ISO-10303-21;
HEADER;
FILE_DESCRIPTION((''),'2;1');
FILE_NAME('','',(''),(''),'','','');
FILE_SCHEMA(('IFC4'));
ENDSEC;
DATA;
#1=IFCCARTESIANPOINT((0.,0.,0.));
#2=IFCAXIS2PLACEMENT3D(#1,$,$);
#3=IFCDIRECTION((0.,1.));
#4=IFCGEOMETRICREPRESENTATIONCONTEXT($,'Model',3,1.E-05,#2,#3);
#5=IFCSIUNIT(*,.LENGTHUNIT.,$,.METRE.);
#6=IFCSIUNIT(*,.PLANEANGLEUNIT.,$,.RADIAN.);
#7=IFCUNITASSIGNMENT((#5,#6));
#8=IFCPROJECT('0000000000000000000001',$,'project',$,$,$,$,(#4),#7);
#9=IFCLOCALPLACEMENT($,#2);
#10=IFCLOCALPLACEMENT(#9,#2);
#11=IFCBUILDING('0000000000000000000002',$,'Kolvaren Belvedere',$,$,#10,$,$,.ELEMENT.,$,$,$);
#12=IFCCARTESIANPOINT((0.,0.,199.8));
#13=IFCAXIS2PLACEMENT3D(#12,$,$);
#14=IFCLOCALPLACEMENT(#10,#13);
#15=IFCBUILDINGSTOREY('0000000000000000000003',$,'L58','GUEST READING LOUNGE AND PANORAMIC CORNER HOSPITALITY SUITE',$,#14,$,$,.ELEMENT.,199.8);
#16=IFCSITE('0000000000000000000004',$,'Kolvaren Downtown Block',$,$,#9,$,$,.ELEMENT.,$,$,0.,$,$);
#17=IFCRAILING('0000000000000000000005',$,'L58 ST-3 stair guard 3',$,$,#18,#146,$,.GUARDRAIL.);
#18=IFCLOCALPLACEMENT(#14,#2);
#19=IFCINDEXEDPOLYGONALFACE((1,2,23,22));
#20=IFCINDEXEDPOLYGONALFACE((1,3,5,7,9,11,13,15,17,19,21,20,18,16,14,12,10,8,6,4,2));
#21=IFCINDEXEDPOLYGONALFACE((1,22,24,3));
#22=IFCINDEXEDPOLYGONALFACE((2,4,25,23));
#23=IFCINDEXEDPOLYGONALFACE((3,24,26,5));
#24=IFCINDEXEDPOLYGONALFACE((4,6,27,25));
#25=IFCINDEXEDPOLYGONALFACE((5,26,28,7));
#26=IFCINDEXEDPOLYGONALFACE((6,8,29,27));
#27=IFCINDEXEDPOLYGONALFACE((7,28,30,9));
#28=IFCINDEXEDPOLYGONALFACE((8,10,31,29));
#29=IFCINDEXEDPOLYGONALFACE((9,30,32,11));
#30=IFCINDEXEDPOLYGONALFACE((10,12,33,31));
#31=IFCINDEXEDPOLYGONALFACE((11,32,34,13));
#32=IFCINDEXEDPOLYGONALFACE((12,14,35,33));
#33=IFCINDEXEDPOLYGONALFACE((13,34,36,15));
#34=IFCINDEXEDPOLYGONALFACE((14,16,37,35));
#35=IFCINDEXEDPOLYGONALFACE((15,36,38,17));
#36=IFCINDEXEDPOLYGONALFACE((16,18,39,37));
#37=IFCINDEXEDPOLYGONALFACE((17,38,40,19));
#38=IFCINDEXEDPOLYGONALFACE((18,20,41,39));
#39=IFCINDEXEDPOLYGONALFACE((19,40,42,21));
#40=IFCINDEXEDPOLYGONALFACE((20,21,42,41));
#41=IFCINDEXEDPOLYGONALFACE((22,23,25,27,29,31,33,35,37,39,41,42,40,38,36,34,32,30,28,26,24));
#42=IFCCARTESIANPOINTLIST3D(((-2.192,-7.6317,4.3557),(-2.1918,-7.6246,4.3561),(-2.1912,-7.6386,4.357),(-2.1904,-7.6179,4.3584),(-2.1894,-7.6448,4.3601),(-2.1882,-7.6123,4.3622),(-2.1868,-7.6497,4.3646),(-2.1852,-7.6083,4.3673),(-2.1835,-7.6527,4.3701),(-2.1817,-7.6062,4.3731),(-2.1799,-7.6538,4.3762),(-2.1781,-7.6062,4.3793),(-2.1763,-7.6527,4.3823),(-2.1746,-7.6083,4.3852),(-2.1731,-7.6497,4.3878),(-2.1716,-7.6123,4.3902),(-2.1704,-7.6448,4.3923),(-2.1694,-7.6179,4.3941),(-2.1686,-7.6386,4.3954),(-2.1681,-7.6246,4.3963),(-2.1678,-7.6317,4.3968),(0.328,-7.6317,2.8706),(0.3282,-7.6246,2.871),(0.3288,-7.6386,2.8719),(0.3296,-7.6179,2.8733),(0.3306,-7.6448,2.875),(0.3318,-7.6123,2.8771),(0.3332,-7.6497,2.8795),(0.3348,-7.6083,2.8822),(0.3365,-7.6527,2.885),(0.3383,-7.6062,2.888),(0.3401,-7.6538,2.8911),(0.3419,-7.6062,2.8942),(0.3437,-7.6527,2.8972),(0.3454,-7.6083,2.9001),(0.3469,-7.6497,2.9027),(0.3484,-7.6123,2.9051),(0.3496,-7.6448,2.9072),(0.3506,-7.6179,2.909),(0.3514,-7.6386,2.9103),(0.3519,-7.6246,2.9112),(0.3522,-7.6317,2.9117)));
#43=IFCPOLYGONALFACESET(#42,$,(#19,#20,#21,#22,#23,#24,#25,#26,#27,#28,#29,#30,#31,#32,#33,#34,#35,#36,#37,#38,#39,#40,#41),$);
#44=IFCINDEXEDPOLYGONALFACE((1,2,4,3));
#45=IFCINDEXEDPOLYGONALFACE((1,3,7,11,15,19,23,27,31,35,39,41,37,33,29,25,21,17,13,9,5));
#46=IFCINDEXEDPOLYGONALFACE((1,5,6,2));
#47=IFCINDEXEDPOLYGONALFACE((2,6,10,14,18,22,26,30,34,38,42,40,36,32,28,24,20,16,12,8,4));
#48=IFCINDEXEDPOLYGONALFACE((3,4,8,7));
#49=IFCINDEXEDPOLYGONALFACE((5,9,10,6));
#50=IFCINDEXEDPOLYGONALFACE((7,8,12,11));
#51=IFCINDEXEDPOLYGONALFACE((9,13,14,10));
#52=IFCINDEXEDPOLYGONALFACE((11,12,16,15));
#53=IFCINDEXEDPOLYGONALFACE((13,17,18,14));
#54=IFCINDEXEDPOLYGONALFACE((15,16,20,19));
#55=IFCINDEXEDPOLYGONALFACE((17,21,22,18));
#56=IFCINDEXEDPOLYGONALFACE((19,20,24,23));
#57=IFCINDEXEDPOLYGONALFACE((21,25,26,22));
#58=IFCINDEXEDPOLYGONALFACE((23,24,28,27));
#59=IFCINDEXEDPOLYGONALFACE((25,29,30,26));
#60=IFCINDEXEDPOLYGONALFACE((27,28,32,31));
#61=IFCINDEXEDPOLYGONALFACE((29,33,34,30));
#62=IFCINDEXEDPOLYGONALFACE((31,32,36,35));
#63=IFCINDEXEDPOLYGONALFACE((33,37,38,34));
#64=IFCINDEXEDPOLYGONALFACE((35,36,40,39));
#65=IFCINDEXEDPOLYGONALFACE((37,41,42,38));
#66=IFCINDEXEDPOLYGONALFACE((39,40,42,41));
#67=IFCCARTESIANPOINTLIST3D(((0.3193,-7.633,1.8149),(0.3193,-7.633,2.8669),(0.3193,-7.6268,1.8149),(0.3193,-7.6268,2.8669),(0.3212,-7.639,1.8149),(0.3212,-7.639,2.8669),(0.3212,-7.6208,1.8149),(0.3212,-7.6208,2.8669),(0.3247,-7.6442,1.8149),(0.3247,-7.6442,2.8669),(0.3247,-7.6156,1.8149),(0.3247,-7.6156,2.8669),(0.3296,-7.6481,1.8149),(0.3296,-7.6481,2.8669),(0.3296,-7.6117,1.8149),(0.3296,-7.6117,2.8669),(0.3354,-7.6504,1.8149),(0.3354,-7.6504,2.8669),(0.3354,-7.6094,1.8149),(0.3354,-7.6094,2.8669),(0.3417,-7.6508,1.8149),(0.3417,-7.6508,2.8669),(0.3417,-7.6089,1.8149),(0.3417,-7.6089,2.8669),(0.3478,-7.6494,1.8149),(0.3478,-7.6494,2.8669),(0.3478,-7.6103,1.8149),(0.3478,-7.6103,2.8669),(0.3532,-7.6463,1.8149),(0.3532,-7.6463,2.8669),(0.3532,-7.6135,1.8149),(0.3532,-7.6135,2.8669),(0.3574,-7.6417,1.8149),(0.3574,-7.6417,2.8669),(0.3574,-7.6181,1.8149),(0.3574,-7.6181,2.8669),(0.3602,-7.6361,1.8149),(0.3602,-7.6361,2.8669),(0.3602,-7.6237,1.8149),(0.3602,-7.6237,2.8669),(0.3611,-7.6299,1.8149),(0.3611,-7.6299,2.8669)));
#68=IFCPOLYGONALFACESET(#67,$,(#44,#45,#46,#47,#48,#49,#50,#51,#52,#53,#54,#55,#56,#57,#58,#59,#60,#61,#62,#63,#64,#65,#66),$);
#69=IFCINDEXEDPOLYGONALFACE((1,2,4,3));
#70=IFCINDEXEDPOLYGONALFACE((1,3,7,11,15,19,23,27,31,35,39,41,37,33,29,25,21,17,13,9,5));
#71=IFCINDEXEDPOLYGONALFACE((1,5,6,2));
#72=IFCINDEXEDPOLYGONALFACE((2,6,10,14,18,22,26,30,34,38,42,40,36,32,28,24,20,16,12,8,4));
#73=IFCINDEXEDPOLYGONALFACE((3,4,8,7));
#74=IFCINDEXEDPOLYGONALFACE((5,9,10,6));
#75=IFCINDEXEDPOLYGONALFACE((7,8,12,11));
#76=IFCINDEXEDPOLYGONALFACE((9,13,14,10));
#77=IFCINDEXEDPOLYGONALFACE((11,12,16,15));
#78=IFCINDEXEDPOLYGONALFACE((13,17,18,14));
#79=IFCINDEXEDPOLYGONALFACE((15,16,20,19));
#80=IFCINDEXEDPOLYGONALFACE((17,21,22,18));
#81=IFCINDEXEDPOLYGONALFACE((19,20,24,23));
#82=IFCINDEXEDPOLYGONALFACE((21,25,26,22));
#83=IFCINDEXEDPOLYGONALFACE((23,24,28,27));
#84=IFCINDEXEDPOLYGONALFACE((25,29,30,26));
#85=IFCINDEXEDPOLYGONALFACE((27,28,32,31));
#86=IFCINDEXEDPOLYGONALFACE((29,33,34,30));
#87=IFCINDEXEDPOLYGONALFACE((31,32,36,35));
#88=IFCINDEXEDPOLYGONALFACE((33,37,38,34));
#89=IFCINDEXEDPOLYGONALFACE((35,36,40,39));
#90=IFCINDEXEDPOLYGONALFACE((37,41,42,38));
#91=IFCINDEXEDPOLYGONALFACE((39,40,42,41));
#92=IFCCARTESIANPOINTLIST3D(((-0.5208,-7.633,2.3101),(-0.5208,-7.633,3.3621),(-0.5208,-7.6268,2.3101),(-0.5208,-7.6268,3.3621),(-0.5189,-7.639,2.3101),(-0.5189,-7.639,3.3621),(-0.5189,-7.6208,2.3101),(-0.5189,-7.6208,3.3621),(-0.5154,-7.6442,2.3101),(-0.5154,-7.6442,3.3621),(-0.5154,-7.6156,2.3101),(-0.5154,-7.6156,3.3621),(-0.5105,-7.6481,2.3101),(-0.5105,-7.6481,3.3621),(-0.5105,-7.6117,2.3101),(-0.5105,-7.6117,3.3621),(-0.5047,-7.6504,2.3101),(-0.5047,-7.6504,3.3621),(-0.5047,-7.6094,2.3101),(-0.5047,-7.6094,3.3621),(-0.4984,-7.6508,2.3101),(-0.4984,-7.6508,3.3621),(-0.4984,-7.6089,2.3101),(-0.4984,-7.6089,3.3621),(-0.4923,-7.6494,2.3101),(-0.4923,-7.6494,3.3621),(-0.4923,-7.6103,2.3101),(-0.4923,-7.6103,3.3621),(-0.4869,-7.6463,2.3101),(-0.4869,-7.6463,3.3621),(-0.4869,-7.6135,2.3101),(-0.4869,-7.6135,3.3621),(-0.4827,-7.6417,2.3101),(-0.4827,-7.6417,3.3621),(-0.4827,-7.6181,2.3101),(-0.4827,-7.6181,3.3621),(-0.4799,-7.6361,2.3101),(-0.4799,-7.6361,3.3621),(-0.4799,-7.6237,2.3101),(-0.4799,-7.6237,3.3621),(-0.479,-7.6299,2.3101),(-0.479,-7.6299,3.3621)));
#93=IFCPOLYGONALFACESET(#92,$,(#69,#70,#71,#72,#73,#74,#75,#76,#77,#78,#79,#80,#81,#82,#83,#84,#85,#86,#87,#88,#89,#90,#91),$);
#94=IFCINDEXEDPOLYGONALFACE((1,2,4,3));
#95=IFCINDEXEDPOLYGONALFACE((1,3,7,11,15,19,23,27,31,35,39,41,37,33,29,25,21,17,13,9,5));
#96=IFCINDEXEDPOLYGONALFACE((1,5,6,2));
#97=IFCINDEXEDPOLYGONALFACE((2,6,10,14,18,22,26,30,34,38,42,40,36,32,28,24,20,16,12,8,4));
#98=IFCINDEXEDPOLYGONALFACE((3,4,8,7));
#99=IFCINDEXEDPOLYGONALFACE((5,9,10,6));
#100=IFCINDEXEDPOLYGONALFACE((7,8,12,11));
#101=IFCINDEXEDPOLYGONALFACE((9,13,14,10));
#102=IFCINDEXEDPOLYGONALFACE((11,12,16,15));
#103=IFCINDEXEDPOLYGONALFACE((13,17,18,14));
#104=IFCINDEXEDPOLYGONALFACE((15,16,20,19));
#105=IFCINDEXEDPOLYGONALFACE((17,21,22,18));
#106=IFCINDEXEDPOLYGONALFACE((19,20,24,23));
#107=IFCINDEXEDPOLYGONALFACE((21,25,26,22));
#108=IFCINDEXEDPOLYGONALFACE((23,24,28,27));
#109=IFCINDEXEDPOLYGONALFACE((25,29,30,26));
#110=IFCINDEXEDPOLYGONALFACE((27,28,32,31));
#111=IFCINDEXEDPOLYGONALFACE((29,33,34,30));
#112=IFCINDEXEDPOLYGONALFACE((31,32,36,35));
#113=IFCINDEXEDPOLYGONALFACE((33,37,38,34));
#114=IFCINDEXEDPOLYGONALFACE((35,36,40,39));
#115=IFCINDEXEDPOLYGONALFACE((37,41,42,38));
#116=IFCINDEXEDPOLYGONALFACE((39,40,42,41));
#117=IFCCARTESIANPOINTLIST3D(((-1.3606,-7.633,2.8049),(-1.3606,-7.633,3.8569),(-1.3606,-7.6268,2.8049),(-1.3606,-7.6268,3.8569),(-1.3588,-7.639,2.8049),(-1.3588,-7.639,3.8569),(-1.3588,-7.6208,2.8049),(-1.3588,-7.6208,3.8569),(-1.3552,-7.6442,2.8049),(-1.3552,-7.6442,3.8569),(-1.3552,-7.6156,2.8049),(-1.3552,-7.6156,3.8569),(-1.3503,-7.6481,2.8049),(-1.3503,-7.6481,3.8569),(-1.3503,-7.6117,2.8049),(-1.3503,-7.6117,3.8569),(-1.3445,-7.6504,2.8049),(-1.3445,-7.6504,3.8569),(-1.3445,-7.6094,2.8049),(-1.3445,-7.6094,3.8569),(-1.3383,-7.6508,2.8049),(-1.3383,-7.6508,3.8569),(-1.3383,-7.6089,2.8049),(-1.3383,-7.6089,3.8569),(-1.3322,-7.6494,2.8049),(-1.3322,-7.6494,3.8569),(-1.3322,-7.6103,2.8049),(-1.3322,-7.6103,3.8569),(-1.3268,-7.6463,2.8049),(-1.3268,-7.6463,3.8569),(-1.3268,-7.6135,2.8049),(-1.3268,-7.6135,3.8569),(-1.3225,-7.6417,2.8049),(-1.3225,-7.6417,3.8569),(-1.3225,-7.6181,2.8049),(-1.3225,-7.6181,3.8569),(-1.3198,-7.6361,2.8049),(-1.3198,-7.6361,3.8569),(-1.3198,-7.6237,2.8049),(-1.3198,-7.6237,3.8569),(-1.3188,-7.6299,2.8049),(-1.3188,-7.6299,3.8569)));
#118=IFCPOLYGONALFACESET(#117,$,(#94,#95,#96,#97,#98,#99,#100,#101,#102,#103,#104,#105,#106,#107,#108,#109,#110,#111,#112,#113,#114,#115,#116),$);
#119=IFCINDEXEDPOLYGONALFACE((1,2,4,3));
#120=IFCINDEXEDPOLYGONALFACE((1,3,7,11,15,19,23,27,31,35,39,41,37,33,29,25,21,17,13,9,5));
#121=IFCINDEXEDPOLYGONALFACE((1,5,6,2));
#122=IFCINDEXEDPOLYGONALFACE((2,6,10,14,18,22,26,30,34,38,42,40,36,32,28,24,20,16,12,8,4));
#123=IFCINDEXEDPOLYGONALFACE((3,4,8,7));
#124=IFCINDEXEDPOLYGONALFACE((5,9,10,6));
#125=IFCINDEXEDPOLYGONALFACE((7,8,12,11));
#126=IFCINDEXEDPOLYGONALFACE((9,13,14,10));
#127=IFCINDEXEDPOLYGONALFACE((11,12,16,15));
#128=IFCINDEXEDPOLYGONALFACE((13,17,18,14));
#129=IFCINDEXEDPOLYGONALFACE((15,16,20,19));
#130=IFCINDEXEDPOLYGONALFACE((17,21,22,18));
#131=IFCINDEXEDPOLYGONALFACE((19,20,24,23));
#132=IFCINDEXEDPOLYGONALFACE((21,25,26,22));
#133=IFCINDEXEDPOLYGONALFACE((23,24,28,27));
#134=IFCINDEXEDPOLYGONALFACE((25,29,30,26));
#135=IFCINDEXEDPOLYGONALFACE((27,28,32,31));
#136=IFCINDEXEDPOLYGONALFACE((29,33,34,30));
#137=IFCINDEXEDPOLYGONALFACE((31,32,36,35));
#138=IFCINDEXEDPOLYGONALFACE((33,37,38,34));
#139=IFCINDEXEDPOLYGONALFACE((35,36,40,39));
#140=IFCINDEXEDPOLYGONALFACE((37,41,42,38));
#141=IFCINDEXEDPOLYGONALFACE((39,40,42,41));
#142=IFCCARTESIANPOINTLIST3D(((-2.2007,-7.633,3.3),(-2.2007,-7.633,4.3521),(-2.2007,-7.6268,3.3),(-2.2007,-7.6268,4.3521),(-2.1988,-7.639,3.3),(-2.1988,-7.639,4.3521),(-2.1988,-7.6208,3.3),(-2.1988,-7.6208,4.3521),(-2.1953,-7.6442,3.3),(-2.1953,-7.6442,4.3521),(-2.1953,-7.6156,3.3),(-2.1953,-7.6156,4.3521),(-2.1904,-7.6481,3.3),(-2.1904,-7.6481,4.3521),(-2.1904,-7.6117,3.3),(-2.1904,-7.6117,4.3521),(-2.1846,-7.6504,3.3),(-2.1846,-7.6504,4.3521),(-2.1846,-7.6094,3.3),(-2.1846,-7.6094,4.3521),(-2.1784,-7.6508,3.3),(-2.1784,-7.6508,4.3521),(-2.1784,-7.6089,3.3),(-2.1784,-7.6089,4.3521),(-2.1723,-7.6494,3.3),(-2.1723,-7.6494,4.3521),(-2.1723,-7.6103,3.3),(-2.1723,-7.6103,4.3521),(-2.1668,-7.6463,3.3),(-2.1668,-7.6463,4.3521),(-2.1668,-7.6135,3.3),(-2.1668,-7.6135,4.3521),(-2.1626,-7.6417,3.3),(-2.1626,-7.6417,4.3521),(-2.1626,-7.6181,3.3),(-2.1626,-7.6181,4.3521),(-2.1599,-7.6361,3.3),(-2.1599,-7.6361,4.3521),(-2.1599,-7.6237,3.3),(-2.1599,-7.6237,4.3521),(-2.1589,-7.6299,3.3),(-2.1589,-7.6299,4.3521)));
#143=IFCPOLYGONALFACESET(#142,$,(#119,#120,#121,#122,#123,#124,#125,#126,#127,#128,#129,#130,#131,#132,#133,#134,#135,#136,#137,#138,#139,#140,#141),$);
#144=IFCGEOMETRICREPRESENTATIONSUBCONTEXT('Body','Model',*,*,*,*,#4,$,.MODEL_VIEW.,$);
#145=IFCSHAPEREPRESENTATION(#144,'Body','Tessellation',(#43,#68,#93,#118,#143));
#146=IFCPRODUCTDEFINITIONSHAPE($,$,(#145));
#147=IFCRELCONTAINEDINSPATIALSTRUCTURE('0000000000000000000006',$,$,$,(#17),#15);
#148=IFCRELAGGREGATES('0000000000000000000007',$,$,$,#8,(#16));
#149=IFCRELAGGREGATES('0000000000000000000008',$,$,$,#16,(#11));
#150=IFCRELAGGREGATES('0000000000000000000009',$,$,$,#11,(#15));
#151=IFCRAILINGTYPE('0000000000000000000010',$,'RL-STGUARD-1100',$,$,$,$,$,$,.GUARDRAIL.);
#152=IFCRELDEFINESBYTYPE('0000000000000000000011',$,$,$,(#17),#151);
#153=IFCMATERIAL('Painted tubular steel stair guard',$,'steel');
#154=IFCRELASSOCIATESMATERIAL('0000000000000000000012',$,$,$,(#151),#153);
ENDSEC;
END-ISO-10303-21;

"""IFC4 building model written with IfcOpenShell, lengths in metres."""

from ifc_helpers import new_model, si_unit, direction, frame, origin, origin_2d, place, context, subcontext, project, spatial, circle, extrude, material, type_object, element, save


model = new_model("IFC4")

# Units and contexts
model_context = context("Model", 3, precision=1e-05, world=origin(), true_north=direction((0.0, 1.0)))
body_context = subcontext(model_context, "Body", "Model", "MODEL_VIEW")
ifc_project = project(units=[si_unit("LENGTHUNIT", "METRE"), si_unit("PLANEANGLEUNIT", "RADIAN")], contexts=[model_context])

# Site, building, storey
site_placement = place(None, origin())
site = spatial("IfcSite", under=ifc_project, at=site_placement, Name="Kolvaren Downtown Block", CompositionType="ELEMENT", RefElevation=0.0)
building_placement = place(site_placement, origin())
building = spatial("IfcBuilding", under=site, at=building_placement, Name="Kolvaren Belvedere", CompositionType="ELEMENT")
storey_placement = place(building_placement, frame((0.0, 0.0, 199.8)))
storey = spatial("IfcBuildingStorey", under=building, at=storey_placement, Name="L58", Description="GUEST READING LOUNGE AND PANORAMIC CORNER HOSPITALITY SUITE", CompositionType="ELEMENT", Elevation=199.8)

# Railing
ifc_material_1 = material(Name="Painted tubular steel stair guard", Category="steel")
railing_type_1 = type_object("IfcRailingType", Name="RL-STGUARD-1100", PredefinedType="GUARDRAIL", material=ifc_material_1)
railing_1_placement = place(storey_placement, frame((0.3401, -7.6299, 1.8149)))
element("IfcRailing", 1, at=railing_1_placement, inside=storey, type_object=railing_type_1, Name="L58 ST-3 stair guard 3", PredefinedType="GUARDRAIL", context=body_context, shape_type="SweptSolid", body=[
    extrude(circle(Radius=0.0239, at=origin_2d()), frame((0.0, 0.0, 1.0762), z_axis=(-0.861524, 0.0, 0.507717), x_axis=(0.0, -1.0, 0.0)), (0.0, 0.0, 1.0), 2.925),
    extrude(circle(Radius=0.021, at=origin_2d()), origin(), (0.0, 0.0, 1.0), 1.052),
    extrude(circle(Radius=0.021, at=origin_2d()), frame((-0.8401, 0.0, 0.4951)), (0.0, 0.0, 1.0), 1.052),
    extrude(circle(Radius=0.021, at=origin_2d()), frame((-1.6799, 0.0, 0.99)), (0.0, 0.0, 1.0), 1.052),
    extrude(circle(Radius=0.021, at=origin_2d()), frame((-2.52, 0.0, 1.4851)), (0.0, 0.0, 1.0), 1.052),
])

save(model, "model.ifc")
